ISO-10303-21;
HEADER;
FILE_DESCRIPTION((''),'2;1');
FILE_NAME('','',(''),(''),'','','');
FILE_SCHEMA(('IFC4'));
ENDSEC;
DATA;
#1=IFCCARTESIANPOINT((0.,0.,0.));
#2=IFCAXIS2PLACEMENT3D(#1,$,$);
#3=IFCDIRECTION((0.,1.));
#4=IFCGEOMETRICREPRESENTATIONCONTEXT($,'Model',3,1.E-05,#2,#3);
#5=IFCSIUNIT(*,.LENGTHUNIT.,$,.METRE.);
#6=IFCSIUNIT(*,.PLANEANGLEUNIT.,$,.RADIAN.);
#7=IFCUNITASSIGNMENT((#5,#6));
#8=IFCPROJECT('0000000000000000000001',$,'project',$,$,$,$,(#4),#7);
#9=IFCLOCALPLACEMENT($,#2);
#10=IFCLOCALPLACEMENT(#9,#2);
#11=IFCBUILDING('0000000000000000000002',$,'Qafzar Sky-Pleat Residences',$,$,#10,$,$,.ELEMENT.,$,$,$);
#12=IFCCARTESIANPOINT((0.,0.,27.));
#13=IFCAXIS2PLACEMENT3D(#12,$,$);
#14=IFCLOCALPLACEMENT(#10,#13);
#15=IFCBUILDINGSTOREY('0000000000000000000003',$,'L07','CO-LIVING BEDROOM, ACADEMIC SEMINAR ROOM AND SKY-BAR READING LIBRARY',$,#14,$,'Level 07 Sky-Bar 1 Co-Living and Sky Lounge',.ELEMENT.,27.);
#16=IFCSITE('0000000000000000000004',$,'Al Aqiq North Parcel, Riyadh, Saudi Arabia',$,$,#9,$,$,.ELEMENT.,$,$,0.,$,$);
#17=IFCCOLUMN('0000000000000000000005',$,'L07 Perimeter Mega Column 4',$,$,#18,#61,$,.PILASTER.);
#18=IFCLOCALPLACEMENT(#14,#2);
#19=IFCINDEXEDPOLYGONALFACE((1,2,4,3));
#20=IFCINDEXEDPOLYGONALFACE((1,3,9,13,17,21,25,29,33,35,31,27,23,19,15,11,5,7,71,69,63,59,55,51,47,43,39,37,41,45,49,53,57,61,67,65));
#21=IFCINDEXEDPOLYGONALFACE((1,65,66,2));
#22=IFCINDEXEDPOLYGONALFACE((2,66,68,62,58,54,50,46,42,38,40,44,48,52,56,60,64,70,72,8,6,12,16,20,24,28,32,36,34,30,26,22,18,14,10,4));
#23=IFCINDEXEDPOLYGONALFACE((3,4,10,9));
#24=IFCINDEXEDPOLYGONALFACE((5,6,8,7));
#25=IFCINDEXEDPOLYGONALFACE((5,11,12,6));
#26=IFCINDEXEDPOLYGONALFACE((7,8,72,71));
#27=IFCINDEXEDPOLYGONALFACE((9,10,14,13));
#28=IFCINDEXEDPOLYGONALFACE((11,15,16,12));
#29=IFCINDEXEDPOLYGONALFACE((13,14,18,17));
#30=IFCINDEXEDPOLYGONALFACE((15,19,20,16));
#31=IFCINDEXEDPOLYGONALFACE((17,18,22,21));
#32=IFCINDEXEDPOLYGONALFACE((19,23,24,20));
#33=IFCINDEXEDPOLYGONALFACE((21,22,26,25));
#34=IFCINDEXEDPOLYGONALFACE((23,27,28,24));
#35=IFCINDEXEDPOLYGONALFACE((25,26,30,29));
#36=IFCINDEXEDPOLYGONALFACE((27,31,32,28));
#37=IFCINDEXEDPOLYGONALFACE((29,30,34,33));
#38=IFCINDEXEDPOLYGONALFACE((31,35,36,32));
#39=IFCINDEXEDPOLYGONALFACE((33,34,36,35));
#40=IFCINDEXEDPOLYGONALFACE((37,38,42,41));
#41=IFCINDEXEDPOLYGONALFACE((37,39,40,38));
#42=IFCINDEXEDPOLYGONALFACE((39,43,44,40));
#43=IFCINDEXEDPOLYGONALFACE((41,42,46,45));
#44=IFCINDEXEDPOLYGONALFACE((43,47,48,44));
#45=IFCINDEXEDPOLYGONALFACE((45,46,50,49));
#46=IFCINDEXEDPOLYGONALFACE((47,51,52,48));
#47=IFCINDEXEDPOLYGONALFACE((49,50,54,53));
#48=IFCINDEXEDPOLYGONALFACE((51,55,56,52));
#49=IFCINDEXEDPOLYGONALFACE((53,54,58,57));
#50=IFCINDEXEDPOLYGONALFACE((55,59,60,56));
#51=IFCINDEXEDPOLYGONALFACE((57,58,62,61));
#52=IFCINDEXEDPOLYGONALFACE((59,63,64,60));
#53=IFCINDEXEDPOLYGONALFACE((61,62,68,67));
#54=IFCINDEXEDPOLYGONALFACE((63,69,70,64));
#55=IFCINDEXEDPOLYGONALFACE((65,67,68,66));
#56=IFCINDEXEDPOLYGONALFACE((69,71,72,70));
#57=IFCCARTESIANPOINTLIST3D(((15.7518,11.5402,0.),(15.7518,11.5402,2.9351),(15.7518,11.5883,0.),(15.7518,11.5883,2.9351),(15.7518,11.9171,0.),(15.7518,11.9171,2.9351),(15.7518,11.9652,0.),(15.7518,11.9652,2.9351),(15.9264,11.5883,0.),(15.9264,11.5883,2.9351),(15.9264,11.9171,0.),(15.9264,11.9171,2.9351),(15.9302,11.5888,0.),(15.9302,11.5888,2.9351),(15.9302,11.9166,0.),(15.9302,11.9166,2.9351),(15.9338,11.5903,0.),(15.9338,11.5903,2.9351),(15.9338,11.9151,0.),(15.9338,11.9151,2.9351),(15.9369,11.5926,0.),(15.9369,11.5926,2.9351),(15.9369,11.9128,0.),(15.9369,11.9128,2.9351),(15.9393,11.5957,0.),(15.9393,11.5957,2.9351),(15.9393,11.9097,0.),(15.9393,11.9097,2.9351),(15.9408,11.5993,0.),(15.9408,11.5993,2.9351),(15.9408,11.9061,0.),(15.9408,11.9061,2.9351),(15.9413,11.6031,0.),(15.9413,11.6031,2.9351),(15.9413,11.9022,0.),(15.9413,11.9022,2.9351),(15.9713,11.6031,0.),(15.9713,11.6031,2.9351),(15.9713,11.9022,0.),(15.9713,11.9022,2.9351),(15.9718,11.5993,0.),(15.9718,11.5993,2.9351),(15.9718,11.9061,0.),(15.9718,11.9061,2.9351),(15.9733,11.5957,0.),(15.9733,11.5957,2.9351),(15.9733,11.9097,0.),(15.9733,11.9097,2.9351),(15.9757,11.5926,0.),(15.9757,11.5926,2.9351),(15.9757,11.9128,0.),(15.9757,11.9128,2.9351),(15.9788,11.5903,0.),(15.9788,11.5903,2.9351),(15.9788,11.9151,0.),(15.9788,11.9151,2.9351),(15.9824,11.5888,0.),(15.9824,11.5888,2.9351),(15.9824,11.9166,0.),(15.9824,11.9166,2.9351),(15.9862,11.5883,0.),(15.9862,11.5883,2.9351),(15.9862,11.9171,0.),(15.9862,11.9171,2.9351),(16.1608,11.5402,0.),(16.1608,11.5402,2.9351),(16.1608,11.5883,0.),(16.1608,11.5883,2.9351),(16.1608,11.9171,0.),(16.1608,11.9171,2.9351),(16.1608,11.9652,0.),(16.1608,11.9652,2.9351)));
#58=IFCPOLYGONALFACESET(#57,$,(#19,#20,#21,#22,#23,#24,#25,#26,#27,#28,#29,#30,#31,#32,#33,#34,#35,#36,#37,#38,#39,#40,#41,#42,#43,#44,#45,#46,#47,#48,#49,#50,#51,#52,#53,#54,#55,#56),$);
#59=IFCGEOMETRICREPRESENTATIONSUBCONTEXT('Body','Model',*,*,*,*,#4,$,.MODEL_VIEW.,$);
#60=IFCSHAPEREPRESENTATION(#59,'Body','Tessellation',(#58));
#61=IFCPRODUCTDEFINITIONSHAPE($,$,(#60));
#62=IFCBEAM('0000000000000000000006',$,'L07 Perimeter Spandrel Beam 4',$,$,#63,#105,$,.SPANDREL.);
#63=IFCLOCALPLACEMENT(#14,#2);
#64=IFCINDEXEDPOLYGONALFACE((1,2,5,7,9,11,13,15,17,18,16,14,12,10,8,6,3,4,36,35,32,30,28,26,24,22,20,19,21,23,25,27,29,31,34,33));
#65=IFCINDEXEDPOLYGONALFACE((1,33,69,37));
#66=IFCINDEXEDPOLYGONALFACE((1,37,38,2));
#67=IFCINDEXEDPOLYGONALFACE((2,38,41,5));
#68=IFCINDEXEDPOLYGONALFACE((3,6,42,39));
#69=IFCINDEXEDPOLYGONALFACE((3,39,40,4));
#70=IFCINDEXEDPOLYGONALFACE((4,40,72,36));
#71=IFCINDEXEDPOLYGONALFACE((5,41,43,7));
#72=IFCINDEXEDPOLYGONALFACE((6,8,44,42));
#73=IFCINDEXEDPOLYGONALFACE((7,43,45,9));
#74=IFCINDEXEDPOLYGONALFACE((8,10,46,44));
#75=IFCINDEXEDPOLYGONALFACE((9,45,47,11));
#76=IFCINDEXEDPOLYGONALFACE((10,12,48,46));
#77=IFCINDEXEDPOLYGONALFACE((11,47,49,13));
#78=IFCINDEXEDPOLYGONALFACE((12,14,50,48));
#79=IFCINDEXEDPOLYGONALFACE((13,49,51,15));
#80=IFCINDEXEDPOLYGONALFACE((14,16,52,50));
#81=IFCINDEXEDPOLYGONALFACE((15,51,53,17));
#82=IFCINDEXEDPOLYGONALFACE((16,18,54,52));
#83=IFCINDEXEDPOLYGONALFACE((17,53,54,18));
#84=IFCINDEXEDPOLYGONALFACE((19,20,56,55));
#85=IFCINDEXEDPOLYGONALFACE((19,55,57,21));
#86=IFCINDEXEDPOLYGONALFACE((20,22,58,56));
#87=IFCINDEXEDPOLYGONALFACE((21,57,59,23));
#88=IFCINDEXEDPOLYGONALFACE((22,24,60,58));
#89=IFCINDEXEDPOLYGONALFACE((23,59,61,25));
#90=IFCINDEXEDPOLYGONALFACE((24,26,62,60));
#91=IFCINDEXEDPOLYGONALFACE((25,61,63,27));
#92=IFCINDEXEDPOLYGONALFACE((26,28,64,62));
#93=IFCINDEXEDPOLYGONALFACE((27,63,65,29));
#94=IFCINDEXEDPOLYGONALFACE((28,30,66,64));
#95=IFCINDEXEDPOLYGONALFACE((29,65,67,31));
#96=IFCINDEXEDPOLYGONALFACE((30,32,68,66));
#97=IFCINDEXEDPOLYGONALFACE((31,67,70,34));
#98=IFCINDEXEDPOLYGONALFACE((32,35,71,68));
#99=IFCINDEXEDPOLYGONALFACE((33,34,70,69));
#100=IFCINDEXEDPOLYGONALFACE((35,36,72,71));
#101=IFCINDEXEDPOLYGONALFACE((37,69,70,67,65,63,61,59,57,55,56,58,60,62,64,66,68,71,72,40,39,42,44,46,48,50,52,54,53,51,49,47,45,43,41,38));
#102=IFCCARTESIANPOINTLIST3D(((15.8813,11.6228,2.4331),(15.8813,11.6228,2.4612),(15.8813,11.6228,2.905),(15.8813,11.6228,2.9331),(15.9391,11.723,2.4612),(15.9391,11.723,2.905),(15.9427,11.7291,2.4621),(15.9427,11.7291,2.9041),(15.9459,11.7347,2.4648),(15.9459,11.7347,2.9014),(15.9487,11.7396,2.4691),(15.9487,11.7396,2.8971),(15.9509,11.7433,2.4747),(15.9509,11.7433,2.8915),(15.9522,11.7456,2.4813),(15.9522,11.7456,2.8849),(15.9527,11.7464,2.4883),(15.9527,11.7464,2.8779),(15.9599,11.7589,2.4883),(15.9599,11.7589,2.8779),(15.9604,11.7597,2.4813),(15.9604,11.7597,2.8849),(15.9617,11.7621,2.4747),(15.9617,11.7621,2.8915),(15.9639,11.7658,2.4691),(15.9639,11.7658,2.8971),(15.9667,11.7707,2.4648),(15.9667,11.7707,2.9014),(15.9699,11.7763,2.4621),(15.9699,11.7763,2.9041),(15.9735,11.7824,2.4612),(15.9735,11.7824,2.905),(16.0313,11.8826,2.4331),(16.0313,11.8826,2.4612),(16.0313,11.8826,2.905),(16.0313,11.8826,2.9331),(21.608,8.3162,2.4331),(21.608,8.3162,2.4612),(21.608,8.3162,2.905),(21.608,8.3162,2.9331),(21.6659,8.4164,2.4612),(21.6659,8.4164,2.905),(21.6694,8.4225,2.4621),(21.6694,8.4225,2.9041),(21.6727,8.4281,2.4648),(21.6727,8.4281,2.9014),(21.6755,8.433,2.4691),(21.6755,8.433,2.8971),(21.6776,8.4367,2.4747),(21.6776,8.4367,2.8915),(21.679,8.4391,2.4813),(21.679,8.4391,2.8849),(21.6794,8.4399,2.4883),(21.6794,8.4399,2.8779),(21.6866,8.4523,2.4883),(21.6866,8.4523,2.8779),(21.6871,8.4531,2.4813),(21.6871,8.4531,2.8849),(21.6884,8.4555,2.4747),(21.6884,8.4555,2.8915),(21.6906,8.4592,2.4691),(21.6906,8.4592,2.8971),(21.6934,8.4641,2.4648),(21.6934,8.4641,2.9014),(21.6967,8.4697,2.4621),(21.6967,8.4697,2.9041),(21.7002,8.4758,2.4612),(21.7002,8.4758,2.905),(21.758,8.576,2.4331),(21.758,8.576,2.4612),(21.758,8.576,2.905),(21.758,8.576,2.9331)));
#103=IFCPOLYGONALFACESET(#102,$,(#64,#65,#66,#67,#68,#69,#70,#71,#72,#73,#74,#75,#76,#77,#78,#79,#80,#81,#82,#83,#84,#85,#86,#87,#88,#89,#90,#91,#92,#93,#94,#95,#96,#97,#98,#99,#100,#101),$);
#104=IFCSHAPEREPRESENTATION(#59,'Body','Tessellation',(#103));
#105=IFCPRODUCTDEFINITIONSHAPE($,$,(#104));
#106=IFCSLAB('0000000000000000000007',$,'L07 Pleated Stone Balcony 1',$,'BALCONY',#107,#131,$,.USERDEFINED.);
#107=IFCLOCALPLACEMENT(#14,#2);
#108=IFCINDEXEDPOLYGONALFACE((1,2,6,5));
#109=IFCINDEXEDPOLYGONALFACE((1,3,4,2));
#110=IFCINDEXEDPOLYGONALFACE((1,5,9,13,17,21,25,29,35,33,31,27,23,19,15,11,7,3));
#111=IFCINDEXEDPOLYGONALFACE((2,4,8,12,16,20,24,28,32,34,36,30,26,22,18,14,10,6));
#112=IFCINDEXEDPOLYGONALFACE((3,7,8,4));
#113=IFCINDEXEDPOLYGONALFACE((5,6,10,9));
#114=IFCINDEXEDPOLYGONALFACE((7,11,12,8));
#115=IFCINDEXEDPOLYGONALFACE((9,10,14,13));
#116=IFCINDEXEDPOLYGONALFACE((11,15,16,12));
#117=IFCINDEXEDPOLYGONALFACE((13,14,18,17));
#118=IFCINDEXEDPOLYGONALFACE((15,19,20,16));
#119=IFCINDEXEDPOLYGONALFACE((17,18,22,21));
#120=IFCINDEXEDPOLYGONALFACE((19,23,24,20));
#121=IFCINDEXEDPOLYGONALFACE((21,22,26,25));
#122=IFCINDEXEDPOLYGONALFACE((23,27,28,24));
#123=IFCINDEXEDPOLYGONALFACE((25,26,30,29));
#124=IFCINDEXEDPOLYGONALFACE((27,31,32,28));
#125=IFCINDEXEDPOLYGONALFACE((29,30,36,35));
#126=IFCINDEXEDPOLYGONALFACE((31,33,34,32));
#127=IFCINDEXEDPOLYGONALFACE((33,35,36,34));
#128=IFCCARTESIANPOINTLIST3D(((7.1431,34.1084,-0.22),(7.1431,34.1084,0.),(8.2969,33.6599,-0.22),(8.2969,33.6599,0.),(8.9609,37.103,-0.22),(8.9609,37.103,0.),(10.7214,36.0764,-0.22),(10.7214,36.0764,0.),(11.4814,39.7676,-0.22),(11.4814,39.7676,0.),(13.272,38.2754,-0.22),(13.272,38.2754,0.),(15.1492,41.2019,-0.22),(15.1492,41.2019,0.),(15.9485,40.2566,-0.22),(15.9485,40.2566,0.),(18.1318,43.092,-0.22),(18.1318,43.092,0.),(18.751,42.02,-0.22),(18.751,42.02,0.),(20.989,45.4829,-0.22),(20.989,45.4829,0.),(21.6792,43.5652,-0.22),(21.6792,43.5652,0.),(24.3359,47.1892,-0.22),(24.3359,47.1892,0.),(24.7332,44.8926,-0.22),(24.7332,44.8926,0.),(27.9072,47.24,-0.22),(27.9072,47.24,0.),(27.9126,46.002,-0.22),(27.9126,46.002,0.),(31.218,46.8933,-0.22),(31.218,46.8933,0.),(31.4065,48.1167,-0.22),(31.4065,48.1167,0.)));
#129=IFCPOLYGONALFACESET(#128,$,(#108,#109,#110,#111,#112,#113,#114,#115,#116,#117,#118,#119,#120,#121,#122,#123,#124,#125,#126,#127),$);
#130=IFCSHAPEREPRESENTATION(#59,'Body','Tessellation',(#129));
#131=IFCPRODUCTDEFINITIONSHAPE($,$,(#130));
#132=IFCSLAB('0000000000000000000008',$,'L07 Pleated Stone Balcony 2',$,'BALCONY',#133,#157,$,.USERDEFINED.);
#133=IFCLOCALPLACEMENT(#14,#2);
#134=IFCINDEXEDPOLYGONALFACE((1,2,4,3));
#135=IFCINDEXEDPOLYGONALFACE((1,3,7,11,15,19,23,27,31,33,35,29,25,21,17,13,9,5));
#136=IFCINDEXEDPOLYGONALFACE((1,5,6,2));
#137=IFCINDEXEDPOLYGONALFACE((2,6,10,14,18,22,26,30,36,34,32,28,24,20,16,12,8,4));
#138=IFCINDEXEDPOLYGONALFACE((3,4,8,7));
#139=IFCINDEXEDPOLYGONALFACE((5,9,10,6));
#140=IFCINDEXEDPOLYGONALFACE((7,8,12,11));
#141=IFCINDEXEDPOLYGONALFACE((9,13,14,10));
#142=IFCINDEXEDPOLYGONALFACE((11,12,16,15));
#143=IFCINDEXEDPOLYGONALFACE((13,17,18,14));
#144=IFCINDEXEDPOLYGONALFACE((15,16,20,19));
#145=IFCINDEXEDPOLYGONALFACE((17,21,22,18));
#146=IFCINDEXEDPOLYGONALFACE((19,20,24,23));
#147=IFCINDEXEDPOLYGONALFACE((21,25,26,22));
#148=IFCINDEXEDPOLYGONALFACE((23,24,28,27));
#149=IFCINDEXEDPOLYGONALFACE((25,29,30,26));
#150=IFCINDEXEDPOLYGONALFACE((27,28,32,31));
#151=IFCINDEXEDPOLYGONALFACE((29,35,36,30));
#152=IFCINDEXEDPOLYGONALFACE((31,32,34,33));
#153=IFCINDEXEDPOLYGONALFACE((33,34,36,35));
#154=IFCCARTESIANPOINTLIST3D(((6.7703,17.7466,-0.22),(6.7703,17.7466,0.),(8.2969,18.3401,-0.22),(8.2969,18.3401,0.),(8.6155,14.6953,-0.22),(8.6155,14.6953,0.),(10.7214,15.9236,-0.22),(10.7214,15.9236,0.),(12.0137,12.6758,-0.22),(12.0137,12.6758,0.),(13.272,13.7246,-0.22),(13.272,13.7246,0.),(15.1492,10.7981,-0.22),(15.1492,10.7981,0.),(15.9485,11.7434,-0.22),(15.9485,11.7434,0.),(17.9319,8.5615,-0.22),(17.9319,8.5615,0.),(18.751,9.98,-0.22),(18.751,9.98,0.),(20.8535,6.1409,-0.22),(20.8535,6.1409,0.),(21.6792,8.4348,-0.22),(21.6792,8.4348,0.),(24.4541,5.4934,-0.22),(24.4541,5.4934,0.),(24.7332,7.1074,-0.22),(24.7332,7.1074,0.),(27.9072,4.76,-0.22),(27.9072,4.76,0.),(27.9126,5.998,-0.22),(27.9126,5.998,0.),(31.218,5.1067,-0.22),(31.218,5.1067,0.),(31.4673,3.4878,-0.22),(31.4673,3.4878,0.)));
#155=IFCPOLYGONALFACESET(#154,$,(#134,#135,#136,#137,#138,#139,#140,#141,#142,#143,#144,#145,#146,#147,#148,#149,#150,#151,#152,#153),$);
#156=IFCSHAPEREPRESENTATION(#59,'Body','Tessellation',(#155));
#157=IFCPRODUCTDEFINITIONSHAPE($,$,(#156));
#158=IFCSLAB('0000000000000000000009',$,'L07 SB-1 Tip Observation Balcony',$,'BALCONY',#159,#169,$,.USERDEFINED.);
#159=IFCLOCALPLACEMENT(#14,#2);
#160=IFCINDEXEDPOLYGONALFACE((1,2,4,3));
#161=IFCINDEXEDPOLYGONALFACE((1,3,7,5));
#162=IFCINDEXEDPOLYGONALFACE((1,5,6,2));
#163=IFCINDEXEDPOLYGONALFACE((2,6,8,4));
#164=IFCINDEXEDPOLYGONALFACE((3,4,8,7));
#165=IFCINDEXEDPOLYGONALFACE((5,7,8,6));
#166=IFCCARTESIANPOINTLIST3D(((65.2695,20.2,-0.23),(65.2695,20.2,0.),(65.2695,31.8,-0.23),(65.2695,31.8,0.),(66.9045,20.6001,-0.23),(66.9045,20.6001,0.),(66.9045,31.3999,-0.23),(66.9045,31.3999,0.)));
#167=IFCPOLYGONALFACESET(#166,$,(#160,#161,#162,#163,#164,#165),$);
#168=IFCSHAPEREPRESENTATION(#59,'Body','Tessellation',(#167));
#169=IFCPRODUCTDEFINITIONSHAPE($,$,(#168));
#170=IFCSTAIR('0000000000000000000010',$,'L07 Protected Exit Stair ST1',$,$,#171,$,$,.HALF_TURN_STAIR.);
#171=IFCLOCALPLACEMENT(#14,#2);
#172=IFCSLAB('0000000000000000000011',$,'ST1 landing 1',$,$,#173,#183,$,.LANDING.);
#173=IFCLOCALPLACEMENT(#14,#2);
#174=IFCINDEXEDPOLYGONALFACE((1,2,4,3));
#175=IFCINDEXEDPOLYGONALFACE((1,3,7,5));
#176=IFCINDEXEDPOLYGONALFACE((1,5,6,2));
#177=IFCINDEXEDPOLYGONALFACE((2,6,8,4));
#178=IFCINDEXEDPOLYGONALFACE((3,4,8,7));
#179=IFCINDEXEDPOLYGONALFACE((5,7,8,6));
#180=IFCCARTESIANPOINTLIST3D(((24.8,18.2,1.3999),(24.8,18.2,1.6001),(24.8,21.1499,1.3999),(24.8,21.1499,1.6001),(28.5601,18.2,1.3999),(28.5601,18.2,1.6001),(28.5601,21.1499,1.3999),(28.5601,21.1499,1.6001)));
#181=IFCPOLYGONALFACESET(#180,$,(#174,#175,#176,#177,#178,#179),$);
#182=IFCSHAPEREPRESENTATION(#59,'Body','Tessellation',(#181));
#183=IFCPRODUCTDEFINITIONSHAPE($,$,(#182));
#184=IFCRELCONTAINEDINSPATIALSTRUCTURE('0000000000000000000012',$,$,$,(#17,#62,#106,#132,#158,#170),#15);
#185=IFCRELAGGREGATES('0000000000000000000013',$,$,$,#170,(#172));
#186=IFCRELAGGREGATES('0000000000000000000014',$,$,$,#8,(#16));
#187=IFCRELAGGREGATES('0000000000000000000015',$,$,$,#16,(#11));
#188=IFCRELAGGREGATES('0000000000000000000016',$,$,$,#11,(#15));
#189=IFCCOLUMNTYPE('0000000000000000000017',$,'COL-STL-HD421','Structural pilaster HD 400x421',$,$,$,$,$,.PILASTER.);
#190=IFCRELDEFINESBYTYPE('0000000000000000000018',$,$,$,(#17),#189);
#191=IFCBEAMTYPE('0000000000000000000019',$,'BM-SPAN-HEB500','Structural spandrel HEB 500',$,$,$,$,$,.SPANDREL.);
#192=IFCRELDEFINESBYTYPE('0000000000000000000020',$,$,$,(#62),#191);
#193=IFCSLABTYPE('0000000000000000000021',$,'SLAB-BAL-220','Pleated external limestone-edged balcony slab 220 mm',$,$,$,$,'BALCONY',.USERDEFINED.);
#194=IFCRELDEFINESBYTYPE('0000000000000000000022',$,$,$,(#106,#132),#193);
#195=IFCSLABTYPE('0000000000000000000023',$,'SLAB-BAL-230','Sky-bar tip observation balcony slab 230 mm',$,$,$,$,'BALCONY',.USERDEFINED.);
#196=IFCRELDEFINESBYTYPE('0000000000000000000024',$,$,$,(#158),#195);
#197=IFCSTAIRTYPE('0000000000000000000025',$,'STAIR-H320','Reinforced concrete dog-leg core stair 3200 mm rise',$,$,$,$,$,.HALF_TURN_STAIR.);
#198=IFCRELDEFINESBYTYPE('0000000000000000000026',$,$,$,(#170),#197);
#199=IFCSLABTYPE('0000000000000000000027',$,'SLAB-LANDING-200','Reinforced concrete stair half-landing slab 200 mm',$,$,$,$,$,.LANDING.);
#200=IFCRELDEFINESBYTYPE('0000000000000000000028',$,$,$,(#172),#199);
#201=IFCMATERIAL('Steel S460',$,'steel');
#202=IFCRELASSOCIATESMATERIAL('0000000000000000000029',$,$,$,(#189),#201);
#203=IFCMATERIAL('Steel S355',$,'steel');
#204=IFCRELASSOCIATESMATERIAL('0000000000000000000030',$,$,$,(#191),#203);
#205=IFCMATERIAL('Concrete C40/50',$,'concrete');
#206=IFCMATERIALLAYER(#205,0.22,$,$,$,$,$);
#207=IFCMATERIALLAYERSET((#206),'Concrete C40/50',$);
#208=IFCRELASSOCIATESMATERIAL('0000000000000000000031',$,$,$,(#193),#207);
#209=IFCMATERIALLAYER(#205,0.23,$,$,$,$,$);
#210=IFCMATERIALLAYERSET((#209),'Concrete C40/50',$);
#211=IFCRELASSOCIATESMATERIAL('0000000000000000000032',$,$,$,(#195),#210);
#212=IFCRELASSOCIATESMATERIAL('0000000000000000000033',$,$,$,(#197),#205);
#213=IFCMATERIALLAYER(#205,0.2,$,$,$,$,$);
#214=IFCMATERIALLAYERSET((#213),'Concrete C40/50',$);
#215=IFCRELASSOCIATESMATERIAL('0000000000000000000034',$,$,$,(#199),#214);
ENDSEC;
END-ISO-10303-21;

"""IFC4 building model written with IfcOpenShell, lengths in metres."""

from ifc_helpers import new_model, si_unit, direction, frame, origin, origin_2d, place, context, subcontext, project, spatial, polyline, i_section, outline, extrude, source, transform, mapped, material, layer, layer_set, material_profile, profile_set, type_object, element, aggregate, save


model = new_model("IFC4")

# Units and contexts
model_context = context("Model", 3, precision=1e-05, world=origin(), true_north=direction((0.0, 1.0)))
body_context = subcontext(model_context, "Body", "Model", "MODEL_VIEW")
ifc_project = project(units=[si_unit("LENGTHUNIT", "METRE"), si_unit("PLANEANGLEUNIT", "RADIAN")], contexts=[model_context])

# Site, building, storey
site_placement = place(None, origin())
site = spatial("IfcSite", under=ifc_project, at=site_placement, Name="Al Aqiq North Parcel, Riyadh, Saudi Arabia", CompositionType="ELEMENT", RefElevation=0.0)
building_placement = place(site_placement, origin())
building = spatial("IfcBuilding", under=site, at=building_placement, Name="Qafzar Sky-Pleat Residences", CompositionType="ELEMENT")
storey_placement = place(building_placement, frame((0.0, 0.0, 27.0)))
storey = spatial("IfcBuildingStorey", under=building, at=storey_placement, Name="L07", Description="CO-LIVING BEDROOM, ACADEMIC SEMINAR ROOM AND SKY-BAR READING LIBRARY", LongName="Level 07 Sky-Bar 1 Co-Living and Sky Lounge", CompositionType="ELEMENT", Elevation=27.0)

# Column
ifc_material_1 = material(Name="Steel S460", Category="steel")
ifc_material_profile_1 = material_profile(ifc_material_1, i_section(OverallWidth=0.4089, OverallDepth=0.425, WebThickness=0.03, FlangeThickness=0.0481, FilletRadius=0.0149, at=origin_2d()), Name="HD 400x421")
ifc_profile_set_1 = profile_set([ifc_material_profile_1], Name="Steel S460")
column_type = type_object("IfcColumnType", Name="COL-STL-HD421", Description="Structural pilaster HD 400x421", PredefinedType="PILASTER", material=ifc_profile_set_1)
shared_shape_1 = source(origin(), body_context, "Body", "SweptSolid", [
    extrude(i_section(OverallWidth=0.4089, OverallDepth=0.425, WebThickness=0.03, FlangeThickness=0.0481, FilletRadius=0.0149, at=origin_2d()), origin(), (0.0, 0.0, 1.0), 2.9351),
])
column_placement = place(storey_placement, frame((15.9563, 11.7527, 0.0), z_axis=(0.0, 0.0, 1.0), x_axis=(1.0, 0.0, 0.0)))
element("IfcColumn", 1, at=column_placement, inside=storey, type_object=column_type, Name="L07 Perimeter Mega Column 4", PredefinedType="PILASTER", context=body_context, shape_type="MappedRepresentation", body=[
    mapped(shared_shape_1, transform((0.0, 0.0, 0.0), x_axis=(1.0, 0.0, 0.0), y_axis=(0.0, 1.0, 0.0), z_axis=(0.0, 0.0, 1.0), scale=1.0)),
])

# Beam
ifc_material_2 = material(Name="Steel S355", Category="steel")
ifc_material_profile_2 = material_profile(ifc_material_2, i_section(OverallWidth=0.3, OverallDepth=0.5, WebThickness=0.0144, FlangeThickness=0.0281, FilletRadius=0.0271, at=origin_2d()), Name="HEB 500")
ifc_profile_set_2 = profile_set([ifc_material_profile_2], Name="Steel S355")
beam_type = type_object("IfcBeamType", Name="BM-SPAN-HEB500", Description="Structural spandrel HEB 500", PredefinedType="SPANDREL", material=ifc_profile_set_2)
shared_shape_2 = source(origin(), body_context, "Body", "SweptSolid", [
    extrude(i_section(OverallWidth=0.3, OverallDepth=0.5, WebThickness=0.0144, FlangeThickness=0.0281, FilletRadius=0.0271, at=origin_2d()), origin(), (0.0, 0.0, 1.0), 6.6128),
])
beam_placement = place(storey_placement, frame((15.9563, 11.7527, 2.6831), z_axis=(0.866008, -0.50003, 0.0), x_axis=(0.50003, 0.866008, 0.0)))
element("IfcBeam", 2, at=beam_placement, inside=storey, type_object=beam_type, Name="L07 Perimeter Spandrel Beam 4", PredefinedType="SPANDREL", context=body_context, shape_type="MappedRepresentation", body=[
    mapped(shared_shape_2, transform((0.0, 0.0, 0.0), x_axis=(1.0, 0.0, 0.0), y_axis=(0.0, 1.0, 0.0), z_axis=(0.0, 0.0, 1.0), scale=1.0)),
])

# Slabs
ifc_material_3 = material(Name="Concrete C40/50", Category="concrete")
ifc_layer_1 = layer(ifc_material_3, 0.22)
ifc_layer_set_1 = layer_set([ifc_layer_1], Name="Concrete C40/50")
slab_type_1 = type_object("IfcSlabType", Name="SLAB-BAL-220", Description="Pleated external limestone-edged balcony slab 220 mm", ElementType="BALCONY", PredefinedType="USERDEFINED", material=ifc_layer_set_1)
slab_1_placement = place(storey_placement, frame((0.0, 0.0, -0.22)))
element("IfcSlab", 3, at=slab_1_placement, inside=storey, type_object=slab_type_1, Name="L07 Pleated Stone Balcony 1", ObjectType="BALCONY", PredefinedType="USERDEFINED", context=body_context, shape_type="SweptSolid", body=[
    extrude(outline(polyline([(27.9126, 46.002), (24.7332, 44.8926), (21.6792, 43.5652), (18.751, 42.02), (15.9485, 40.2566), (13.272, 38.2754), (10.7214, 36.0764), (8.2969, 33.6599), (7.1431, 34.1084), (8.9609, 37.103), (11.4814, 39.7676), (15.1492, 41.2019), (18.1318, 43.092), (20.989, 45.4829), (24.3359, 47.1892), (27.9072, 47.24), (31.4065, 48.1167), (31.218, 46.8933), (27.9126, 46.002)])), origin(), (0.0, 0.0, 1.0), 0.22),
])
slab_2_placement = place(storey_placement, frame((0.0, 0.0, -0.22)))
element("IfcSlab", 4, at=slab_2_placement, inside=storey, type_object=slab_type_1, Name="L07 Pleated Stone Balcony 2", ObjectType="BALCONY", PredefinedType="USERDEFINED", context=body_context, shape_type="SweptSolid", body=[
    extrude(outline(polyline([(10.7214, 15.9236), (13.272, 13.7246), (15.9485, 11.7434), (18.751, 9.98), (21.6792, 8.4348), (24.7332, 7.1074), (27.9126, 5.998), (31.218, 5.1067), (31.4673, 3.4878), (27.9072, 4.76), (24.4541, 5.4934), (20.8535, 6.1409), (17.9319, 8.5615), (15.1492, 10.7981), (12.0137, 12.6758), (8.6155, 14.6953), (6.7703, 17.7466), (8.2969, 18.3401), (10.7214, 15.9236)])), origin(), (0.0, 0.0, 1.0), 0.22),
])
ifc_layer_2 = layer(ifc_material_3, 0.23)
ifc_layer_set_2 = layer_set([ifc_layer_2], Name="Concrete C40/50")
slab_type_2 = type_object("IfcSlabType", Name="SLAB-BAL-230", Description="Sky-bar tip observation balcony slab 230 mm", ElementType="BALCONY", PredefinedType="USERDEFINED", material=ifc_layer_set_2)
slab_3_placement = place(storey_placement, frame((0.0, 0.0, -0.23)))
element("IfcSlab", 5, at=slab_3_placement, inside=storey, type_object=slab_type_2, Name="L07 SB-1 Tip Observation Balcony", ObjectType="BALCONY", PredefinedType="USERDEFINED", context=body_context, shape_type="SweptSolid", body=[
    extrude(outline(polyline([(65.2695, 20.2), (66.9045, 20.6001), (66.9045, 31.3999), (65.2695, 31.8), (65.2695, 20.2)])), origin(), (0.0, 0.0, 1.0), 0.23),
])

# Stair, slab
stair_type = type_object("IfcStairType", Name="STAIR-H320", Description="Reinforced concrete dog-leg core stair 3200 mm rise", PredefinedType="HALF_TURN_STAIR", material=ifc_material_3)
stair_1_placement = place(storey_placement, origin())
stair_1 = element("IfcStair", 6, at=stair_1_placement, inside=storey, type_object=stair_type, Name="L07 Protected Exit Stair ST1", PredefinedType="HALF_TURN_STAIR")
ifc_layer_3 = layer(ifc_material_3, 0.2)
ifc_layer_set_3 = layer_set([ifc_layer_3], Name="Concrete C40/50")
slab_type_3 = type_object("IfcSlabType", Name="SLAB-LANDING-200", Description="Reinforced concrete stair half-landing slab 200 mm", PredefinedType="LANDING", material=ifc_layer_set_3)
slab_4_placement = place(storey_placement, frame((0.0, 0.0, 1.3999)))
slab_4 = element("IfcSlab", 7, at=slab_4_placement, type_object=slab_type_3, Name="ST1 landing 1", PredefinedType="LANDING", context=body_context, shape_type="SweptSolid", body=[
    extrude(outline(polyline([(28.5601, 21.1499), (24.8, 21.1499), (24.8, 18.2), (28.5601, 18.2), (28.5601, 21.1499)])), origin(), (0.0, 0.0, 1.0), 0.2002),
])
aggregate(stair_1, [slab_4])

save(model, "model.ifc")
